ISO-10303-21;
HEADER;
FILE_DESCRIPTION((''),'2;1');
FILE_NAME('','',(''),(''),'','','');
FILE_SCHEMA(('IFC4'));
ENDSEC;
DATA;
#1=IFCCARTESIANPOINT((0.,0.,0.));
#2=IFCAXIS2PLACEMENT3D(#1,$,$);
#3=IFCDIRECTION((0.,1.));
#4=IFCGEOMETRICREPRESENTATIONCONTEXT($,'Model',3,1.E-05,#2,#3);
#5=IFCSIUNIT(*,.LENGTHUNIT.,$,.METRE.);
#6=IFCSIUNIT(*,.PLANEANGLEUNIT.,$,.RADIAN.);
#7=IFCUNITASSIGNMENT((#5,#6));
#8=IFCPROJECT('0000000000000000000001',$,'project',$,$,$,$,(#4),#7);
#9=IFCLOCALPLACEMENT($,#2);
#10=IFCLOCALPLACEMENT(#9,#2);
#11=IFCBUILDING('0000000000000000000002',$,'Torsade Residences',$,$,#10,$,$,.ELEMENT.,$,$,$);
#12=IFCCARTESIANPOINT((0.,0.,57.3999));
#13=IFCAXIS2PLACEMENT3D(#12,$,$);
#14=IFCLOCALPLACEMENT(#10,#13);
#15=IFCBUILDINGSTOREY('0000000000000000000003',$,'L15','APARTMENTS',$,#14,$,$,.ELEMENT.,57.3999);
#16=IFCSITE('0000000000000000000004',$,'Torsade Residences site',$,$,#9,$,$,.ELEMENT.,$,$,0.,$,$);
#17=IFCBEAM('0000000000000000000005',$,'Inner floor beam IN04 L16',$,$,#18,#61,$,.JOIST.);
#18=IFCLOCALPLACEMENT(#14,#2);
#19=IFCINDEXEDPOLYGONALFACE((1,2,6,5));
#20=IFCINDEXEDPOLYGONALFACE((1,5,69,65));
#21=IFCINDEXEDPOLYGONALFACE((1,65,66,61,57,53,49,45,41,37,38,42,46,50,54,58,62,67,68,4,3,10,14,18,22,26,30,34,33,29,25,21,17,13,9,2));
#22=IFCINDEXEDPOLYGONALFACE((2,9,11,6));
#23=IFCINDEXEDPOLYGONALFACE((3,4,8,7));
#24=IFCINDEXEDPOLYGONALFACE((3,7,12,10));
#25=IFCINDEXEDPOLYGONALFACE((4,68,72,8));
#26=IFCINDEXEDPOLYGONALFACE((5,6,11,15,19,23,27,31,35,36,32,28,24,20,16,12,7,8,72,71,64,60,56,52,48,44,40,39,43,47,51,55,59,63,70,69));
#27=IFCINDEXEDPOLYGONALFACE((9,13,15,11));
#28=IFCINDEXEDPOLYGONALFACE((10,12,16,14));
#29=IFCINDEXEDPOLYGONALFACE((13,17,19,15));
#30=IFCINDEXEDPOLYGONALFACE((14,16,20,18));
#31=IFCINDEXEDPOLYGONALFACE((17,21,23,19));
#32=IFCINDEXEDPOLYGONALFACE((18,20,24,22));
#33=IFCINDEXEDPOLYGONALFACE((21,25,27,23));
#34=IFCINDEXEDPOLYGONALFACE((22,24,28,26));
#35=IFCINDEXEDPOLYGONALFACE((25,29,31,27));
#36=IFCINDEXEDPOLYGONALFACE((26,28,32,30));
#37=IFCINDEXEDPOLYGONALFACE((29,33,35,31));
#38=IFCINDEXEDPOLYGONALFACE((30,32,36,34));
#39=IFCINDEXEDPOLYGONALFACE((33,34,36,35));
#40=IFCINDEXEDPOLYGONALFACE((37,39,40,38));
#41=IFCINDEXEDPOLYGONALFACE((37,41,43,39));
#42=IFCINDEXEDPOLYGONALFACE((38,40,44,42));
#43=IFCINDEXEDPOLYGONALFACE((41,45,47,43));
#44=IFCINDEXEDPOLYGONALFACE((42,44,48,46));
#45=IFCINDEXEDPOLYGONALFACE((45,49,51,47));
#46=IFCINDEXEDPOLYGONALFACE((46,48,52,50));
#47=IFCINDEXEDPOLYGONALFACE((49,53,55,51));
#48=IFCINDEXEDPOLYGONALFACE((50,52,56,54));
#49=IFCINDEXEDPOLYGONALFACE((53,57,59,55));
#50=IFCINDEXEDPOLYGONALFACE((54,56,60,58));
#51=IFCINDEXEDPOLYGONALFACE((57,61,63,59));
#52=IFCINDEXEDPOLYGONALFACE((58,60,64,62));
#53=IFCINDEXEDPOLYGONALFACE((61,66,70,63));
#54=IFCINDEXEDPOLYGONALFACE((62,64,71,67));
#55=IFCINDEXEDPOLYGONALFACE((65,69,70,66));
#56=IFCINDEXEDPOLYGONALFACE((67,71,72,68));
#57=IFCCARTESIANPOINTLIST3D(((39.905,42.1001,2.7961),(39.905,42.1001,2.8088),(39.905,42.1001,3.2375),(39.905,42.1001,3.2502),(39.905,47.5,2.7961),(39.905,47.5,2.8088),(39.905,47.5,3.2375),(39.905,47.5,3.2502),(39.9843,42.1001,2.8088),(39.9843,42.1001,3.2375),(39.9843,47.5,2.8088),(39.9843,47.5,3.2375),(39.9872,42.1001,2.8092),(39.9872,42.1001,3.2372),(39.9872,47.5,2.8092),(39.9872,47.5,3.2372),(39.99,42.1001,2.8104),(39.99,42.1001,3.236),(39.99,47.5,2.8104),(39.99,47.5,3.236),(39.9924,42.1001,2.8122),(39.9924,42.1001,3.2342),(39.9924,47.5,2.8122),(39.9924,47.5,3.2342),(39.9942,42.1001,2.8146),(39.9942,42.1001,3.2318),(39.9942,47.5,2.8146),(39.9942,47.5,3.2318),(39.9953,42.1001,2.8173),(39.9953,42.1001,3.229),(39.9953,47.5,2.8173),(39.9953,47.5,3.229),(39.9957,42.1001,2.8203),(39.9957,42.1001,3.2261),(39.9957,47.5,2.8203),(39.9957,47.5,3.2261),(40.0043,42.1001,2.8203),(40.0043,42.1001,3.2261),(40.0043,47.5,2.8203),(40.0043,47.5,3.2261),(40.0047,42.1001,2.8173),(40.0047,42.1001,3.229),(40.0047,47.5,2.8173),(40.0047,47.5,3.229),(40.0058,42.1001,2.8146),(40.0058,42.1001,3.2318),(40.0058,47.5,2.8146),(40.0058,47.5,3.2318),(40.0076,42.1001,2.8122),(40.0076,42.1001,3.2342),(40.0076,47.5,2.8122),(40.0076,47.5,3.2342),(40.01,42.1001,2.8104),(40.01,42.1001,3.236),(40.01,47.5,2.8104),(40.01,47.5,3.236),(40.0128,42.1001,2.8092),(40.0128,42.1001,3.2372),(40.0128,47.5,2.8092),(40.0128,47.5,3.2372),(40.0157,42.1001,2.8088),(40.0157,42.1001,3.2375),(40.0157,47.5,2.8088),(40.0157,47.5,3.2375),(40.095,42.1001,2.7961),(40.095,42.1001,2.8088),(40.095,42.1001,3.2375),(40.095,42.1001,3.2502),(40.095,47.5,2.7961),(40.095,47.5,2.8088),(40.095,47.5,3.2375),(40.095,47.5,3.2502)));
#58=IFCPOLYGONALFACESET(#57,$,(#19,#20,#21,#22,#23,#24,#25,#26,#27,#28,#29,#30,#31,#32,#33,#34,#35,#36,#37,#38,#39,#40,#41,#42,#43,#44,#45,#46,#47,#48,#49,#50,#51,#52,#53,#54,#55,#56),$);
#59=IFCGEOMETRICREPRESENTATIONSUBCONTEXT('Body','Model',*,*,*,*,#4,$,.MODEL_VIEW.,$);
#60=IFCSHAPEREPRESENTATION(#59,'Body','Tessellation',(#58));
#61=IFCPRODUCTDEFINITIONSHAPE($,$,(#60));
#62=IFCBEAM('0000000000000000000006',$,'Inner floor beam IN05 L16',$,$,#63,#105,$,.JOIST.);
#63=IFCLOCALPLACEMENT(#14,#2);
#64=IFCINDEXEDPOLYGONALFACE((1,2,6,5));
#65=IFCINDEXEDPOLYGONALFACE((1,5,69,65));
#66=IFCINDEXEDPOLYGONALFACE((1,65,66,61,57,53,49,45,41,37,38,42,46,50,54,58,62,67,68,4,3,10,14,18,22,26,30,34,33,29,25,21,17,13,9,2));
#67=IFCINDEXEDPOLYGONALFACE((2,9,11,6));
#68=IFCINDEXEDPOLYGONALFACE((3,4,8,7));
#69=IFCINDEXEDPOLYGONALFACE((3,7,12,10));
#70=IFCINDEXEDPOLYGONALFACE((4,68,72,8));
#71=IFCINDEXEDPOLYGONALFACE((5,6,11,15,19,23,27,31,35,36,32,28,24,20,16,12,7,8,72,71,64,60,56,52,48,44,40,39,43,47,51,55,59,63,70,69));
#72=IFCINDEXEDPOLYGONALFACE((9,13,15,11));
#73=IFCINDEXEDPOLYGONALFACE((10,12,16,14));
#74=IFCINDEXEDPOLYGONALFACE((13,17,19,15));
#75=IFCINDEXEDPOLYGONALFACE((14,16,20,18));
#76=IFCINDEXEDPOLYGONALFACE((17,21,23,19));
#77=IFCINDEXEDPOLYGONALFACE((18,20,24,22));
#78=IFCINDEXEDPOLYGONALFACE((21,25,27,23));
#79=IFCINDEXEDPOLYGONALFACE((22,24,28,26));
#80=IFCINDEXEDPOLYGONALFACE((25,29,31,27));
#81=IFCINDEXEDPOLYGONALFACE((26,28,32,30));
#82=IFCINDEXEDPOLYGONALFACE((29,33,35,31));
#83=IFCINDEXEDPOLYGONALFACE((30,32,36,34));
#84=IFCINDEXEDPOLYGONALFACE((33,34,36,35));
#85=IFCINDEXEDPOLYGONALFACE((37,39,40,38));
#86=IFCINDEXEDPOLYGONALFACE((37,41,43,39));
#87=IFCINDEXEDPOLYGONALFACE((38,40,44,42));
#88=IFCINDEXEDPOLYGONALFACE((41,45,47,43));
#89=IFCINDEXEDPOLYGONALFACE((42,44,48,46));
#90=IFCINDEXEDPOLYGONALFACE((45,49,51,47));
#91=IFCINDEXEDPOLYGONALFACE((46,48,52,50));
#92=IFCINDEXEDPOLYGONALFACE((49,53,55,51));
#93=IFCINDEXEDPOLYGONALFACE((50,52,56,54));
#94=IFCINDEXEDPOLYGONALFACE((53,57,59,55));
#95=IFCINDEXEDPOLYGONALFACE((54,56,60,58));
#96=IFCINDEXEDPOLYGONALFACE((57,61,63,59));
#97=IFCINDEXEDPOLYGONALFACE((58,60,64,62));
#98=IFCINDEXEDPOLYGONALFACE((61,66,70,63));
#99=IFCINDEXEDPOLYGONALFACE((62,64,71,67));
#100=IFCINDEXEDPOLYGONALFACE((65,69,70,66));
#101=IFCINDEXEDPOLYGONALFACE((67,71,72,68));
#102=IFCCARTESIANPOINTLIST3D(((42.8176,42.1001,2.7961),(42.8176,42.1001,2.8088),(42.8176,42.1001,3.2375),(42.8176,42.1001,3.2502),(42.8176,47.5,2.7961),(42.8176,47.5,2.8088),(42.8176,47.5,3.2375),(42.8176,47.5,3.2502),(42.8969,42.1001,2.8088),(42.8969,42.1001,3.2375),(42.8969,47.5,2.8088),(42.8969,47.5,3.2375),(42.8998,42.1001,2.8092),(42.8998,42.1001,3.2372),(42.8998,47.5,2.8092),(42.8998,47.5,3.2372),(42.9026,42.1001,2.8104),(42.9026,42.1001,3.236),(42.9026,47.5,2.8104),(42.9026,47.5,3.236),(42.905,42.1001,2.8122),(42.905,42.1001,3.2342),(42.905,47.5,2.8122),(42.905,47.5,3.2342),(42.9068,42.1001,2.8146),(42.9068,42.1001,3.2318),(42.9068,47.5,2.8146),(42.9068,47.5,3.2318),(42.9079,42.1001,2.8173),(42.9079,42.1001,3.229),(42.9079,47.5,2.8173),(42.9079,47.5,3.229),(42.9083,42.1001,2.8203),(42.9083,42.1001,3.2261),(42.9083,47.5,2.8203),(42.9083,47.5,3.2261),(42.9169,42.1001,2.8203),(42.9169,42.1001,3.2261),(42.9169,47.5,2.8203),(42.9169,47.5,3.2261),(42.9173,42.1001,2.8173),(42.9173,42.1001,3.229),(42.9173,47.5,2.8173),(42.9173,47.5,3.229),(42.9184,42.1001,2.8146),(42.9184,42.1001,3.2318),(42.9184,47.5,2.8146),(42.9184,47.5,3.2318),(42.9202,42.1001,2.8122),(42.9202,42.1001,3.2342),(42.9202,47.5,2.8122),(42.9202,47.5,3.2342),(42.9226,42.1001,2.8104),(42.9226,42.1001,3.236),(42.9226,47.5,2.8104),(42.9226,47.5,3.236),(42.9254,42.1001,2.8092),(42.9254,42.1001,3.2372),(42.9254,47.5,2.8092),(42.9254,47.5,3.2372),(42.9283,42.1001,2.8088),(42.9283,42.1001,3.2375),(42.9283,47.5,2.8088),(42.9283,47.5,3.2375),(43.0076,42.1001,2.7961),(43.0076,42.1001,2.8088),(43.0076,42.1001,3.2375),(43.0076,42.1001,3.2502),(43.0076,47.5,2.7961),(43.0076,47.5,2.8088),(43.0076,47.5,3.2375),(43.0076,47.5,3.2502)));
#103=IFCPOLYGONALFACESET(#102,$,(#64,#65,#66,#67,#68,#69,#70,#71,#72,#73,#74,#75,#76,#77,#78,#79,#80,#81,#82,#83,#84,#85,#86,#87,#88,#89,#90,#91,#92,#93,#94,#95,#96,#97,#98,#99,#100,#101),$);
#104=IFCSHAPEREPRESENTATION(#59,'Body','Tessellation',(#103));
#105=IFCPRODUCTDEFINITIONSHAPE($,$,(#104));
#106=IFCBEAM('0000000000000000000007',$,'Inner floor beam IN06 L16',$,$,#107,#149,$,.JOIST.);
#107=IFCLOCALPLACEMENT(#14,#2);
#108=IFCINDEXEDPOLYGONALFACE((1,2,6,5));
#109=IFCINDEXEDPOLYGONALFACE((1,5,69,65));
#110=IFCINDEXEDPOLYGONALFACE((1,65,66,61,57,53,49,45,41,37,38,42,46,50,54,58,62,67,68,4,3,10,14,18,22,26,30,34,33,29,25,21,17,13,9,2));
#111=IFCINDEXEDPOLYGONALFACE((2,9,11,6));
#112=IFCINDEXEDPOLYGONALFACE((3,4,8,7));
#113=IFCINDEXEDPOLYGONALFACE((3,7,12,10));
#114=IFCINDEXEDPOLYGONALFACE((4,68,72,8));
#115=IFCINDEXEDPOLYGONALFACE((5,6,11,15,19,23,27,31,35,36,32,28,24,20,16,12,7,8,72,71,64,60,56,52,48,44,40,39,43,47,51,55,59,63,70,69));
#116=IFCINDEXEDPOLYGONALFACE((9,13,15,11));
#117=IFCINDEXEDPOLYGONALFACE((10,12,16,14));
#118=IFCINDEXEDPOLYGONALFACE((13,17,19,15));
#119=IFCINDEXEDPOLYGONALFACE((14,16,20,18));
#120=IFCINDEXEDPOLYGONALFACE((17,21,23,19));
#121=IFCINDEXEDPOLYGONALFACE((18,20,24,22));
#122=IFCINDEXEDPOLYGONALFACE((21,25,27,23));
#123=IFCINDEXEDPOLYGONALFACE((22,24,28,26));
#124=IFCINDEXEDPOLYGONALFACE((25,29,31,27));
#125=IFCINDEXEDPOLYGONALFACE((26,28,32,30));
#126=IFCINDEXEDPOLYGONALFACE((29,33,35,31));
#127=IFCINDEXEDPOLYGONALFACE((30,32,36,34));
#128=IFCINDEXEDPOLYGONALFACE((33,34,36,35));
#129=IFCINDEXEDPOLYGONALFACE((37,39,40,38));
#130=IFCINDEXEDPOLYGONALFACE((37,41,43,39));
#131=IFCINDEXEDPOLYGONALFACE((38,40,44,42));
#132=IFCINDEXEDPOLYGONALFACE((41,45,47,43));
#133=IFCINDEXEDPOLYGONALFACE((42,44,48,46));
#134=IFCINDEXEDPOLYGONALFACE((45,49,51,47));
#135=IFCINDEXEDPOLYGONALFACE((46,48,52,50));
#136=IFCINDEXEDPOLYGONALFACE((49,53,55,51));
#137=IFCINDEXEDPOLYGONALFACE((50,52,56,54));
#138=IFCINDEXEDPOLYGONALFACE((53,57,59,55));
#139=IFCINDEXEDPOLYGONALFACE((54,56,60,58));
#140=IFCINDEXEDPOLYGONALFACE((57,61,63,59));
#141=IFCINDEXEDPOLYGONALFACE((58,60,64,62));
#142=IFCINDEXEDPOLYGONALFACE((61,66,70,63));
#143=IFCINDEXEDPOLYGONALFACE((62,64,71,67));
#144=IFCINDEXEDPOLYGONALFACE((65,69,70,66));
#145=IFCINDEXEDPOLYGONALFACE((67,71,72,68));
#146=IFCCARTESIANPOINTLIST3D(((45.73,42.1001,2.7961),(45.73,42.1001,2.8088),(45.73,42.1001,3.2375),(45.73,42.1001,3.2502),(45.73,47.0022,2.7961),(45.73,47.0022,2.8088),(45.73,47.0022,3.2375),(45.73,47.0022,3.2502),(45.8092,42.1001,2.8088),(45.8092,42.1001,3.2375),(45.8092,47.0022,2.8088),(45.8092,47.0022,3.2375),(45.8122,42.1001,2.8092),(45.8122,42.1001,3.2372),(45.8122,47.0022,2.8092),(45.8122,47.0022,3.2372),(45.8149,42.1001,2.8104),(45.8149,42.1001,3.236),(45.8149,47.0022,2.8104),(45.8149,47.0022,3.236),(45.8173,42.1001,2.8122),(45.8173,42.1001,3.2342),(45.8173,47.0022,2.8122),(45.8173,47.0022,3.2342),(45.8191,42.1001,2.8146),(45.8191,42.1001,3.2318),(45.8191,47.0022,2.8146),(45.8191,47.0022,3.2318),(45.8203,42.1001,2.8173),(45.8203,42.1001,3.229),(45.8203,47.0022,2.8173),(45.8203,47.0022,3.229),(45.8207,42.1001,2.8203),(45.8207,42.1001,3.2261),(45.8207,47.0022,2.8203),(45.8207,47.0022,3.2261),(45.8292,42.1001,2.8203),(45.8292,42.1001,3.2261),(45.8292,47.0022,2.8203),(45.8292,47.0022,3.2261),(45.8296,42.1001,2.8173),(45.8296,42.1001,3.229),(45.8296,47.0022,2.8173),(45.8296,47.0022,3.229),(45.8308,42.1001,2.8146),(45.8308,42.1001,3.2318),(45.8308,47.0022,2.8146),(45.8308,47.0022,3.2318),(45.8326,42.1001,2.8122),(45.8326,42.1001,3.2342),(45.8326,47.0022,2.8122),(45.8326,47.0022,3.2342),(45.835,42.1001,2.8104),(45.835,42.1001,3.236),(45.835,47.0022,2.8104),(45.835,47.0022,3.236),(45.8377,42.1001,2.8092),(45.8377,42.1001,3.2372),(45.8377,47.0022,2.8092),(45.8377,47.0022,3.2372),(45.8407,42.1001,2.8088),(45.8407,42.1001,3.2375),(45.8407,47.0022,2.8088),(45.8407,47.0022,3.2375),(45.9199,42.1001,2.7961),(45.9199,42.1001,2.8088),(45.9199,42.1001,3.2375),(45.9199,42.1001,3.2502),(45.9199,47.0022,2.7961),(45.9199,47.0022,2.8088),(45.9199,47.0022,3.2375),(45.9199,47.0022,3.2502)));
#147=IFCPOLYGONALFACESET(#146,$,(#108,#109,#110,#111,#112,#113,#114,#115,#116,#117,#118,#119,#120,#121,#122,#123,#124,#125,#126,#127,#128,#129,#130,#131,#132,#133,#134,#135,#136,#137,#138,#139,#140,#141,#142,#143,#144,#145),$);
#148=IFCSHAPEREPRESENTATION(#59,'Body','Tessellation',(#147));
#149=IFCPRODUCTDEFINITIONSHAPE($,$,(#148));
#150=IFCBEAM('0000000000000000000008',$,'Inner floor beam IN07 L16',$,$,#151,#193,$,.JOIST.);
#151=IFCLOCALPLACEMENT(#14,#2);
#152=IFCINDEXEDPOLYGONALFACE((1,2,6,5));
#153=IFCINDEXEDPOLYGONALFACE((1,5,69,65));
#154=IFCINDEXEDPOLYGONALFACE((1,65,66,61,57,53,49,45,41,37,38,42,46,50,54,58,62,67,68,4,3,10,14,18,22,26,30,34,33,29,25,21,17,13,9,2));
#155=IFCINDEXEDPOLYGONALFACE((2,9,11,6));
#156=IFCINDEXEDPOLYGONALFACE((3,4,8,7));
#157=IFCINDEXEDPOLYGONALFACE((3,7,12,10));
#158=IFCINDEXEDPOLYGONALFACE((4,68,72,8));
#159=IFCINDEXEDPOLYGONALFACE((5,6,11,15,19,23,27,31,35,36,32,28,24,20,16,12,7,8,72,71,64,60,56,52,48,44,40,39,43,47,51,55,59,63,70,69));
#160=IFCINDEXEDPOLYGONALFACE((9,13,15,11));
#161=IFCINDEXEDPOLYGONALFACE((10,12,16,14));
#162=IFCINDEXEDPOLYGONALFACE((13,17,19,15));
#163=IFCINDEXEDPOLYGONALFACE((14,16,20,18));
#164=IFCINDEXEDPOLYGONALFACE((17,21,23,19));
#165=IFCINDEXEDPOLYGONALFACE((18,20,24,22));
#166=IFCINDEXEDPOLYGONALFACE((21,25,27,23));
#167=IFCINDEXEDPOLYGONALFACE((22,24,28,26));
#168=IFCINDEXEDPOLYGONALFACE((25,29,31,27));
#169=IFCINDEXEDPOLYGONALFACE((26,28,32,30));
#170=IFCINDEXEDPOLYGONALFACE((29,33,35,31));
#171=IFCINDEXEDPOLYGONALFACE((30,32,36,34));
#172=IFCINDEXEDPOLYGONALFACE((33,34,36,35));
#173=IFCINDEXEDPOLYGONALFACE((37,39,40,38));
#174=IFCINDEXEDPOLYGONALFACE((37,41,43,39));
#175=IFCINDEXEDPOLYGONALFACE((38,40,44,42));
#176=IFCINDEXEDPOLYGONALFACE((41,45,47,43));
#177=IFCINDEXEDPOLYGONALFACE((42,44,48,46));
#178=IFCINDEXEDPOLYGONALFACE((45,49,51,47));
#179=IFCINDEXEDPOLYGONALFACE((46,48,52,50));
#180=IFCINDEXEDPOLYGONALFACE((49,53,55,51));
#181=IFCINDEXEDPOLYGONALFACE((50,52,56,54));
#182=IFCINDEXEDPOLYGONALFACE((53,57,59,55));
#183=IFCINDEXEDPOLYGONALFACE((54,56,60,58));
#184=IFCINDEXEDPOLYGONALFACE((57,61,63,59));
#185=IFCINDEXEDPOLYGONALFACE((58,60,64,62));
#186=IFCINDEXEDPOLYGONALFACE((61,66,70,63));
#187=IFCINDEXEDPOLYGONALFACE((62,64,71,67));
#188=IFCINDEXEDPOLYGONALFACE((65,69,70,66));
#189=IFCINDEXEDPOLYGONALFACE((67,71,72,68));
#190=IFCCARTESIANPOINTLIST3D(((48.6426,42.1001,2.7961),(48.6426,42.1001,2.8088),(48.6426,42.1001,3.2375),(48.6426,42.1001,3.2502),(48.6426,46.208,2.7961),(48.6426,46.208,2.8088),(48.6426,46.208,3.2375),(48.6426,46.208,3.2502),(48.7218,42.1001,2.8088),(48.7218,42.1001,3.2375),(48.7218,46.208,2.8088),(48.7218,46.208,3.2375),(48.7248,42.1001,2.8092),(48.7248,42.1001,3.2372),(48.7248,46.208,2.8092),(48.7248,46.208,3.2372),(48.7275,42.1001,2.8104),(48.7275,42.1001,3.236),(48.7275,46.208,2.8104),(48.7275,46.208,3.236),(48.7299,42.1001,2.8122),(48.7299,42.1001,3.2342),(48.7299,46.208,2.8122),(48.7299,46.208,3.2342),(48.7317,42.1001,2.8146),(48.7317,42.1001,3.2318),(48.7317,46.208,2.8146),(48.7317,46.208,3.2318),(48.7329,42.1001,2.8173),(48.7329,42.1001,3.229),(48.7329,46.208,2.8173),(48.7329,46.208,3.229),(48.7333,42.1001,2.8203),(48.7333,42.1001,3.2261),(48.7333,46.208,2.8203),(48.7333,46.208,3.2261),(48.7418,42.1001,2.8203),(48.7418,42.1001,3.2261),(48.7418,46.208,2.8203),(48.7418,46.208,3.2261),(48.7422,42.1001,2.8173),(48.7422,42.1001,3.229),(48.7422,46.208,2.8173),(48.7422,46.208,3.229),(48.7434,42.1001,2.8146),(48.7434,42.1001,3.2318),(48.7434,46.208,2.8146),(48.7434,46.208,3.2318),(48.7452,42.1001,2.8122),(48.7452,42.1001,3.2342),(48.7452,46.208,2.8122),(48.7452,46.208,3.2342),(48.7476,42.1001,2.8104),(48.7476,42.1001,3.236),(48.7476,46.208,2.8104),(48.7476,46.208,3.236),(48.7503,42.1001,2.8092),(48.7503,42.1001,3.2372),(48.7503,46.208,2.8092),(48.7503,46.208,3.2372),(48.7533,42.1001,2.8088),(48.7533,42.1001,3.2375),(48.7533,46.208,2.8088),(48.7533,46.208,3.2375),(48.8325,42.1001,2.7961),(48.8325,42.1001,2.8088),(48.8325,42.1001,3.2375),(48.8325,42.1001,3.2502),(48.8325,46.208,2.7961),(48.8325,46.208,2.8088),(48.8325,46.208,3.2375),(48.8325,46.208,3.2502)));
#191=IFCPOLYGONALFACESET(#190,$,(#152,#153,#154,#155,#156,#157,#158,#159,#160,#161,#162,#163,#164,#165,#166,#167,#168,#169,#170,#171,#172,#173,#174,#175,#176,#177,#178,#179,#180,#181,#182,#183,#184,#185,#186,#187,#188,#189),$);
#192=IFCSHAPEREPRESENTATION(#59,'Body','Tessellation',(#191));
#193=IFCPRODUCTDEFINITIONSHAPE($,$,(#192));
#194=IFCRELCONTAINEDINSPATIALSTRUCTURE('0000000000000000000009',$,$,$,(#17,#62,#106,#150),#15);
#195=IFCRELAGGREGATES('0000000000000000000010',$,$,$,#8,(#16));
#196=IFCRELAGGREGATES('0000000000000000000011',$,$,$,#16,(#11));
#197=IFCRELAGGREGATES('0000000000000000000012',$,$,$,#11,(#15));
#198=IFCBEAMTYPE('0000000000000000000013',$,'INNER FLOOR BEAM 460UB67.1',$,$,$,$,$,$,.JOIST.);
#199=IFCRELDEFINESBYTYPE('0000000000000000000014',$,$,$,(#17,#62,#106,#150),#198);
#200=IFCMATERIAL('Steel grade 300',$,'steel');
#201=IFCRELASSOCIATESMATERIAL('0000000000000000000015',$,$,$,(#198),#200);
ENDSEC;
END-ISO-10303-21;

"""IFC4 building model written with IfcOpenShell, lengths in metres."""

from ifc_helpers import new_model, si_unit, direction, frame, origin, origin_2d, place, context, subcontext, project, spatial, i_section, extrude, material, material_profile, profile_set, type_object, element, save


model = new_model("IFC4")

# Units and contexts
model_context = context("Model", 3, precision=1e-05, world=origin(), true_north=direction((0.0, 1.0)))
body_context = subcontext(model_context, "Body", "Model", "MODEL_VIEW")
ifc_project = project(units=[si_unit("LENGTHUNIT", "METRE"), si_unit("PLANEANGLEUNIT", "RADIAN")], contexts=[model_context])

# Site, building, storey
site_placement = place(None, origin())
site = spatial("IfcSite", under=ifc_project, at=site_placement, Name="Torsade Residences site", CompositionType="ELEMENT", RefElevation=0.0)
building_placement = place(site_placement, origin())
building = spatial("IfcBuilding", under=site, at=building_placement, Name="Torsade Residences", CompositionType="ELEMENT")
storey_placement = place(building_placement, frame((0.0, 0.0, 57.3999)))
storey = spatial("IfcBuildingStorey", under=building, at=storey_placement, Name="L15", Description="APARTMENTS", CompositionType="ELEMENT", Elevation=57.3999)

# Beams
ifc_material_1 = material(Name="Steel grade 300", Category="steel")
ifc_material_profile = material_profile(ifc_material_1, i_section(OverallWidth=0.1899, OverallDepth=0.4541, WebThickness=0.0085, FlangeThickness=0.0127, FilletRadius=0.0115, at=origin_2d()), Name="460UB67.1")
ifc_profile_set = profile_set([ifc_material_profile], Name="Steel grade 300")
beam_type = type_object("IfcBeamType", Name="INNER FLOOR BEAM 460UB67.1", PredefinedType="JOIST", material=ifc_profile_set)
for number, where, z_axis, x_axis, name in (
    (1, (40.0, 42.1001, 3.0232), (0.0, 1.0, 0.0), (-1.0, 0.0, 0.0), "Inner floor beam IN04 L16"),
    (2, (42.9126, 42.1001, 3.0232), (0.0, 1.0, 0.0), (-1.0, 0.0, 0.0), "Inner floor beam IN05 L16"),
):
    element("IfcBeam", number, at=place(storey_placement, frame(where, z_axis=z_axis, x_axis=x_axis)), inside=storey, type_object=beam_type, Name=name, PredefinedType="JOIST", context=body_context, shape_type="SweptSolid", body=[
        extrude(i_section(OverallWidth=0.1899, OverallDepth=0.4541, WebThickness=0.0085, FlangeThickness=0.0127, FilletRadius=0.0115, at=origin_2d()), origin(), (0.0, 0.0, 1.0), 5.3999),
    ])
beam_1_placement = place(storey_placement, frame((45.825, 42.1001, 3.0232), z_axis=(0.0, 1.0, 0.0), x_axis=(-1.0, 0.0, 0.0)))
element("IfcBeam", 3, at=beam_1_placement, inside=storey, type_object=beam_type, Name="Inner floor beam IN06 L16", PredefinedType="JOIST", context=body_context, shape_type="SweptSolid", body=[
    extrude(i_section(OverallWidth=0.1899, OverallDepth=0.4541, WebThickness=0.0085, FlangeThickness=0.0127, FilletRadius=0.0115, at=origin_2d()), origin(), (0.0, 0.0, 1.0), 4.9021),
])
beam_2_placement = place(storey_placement, frame((48.7375, 42.1001, 3.0232), z_axis=(0.0, 1.0, 0.0), x_axis=(-1.0, 0.0, 0.0)))
element("IfcBeam", 4, at=beam_2_placement, inside=storey, type_object=beam_type, Name="Inner floor beam IN07 L16", PredefinedType="JOIST", context=body_context, shape_type="SweptSolid", body=[
    extrude(i_section(OverallWidth=0.1899, OverallDepth=0.4541, WebThickness=0.0085, FlangeThickness=0.0127, FilletRadius=0.0115, at=origin_2d()), origin(), (0.0, 0.0, 1.0), 4.1079),
])

save(model, "model.ifc")
